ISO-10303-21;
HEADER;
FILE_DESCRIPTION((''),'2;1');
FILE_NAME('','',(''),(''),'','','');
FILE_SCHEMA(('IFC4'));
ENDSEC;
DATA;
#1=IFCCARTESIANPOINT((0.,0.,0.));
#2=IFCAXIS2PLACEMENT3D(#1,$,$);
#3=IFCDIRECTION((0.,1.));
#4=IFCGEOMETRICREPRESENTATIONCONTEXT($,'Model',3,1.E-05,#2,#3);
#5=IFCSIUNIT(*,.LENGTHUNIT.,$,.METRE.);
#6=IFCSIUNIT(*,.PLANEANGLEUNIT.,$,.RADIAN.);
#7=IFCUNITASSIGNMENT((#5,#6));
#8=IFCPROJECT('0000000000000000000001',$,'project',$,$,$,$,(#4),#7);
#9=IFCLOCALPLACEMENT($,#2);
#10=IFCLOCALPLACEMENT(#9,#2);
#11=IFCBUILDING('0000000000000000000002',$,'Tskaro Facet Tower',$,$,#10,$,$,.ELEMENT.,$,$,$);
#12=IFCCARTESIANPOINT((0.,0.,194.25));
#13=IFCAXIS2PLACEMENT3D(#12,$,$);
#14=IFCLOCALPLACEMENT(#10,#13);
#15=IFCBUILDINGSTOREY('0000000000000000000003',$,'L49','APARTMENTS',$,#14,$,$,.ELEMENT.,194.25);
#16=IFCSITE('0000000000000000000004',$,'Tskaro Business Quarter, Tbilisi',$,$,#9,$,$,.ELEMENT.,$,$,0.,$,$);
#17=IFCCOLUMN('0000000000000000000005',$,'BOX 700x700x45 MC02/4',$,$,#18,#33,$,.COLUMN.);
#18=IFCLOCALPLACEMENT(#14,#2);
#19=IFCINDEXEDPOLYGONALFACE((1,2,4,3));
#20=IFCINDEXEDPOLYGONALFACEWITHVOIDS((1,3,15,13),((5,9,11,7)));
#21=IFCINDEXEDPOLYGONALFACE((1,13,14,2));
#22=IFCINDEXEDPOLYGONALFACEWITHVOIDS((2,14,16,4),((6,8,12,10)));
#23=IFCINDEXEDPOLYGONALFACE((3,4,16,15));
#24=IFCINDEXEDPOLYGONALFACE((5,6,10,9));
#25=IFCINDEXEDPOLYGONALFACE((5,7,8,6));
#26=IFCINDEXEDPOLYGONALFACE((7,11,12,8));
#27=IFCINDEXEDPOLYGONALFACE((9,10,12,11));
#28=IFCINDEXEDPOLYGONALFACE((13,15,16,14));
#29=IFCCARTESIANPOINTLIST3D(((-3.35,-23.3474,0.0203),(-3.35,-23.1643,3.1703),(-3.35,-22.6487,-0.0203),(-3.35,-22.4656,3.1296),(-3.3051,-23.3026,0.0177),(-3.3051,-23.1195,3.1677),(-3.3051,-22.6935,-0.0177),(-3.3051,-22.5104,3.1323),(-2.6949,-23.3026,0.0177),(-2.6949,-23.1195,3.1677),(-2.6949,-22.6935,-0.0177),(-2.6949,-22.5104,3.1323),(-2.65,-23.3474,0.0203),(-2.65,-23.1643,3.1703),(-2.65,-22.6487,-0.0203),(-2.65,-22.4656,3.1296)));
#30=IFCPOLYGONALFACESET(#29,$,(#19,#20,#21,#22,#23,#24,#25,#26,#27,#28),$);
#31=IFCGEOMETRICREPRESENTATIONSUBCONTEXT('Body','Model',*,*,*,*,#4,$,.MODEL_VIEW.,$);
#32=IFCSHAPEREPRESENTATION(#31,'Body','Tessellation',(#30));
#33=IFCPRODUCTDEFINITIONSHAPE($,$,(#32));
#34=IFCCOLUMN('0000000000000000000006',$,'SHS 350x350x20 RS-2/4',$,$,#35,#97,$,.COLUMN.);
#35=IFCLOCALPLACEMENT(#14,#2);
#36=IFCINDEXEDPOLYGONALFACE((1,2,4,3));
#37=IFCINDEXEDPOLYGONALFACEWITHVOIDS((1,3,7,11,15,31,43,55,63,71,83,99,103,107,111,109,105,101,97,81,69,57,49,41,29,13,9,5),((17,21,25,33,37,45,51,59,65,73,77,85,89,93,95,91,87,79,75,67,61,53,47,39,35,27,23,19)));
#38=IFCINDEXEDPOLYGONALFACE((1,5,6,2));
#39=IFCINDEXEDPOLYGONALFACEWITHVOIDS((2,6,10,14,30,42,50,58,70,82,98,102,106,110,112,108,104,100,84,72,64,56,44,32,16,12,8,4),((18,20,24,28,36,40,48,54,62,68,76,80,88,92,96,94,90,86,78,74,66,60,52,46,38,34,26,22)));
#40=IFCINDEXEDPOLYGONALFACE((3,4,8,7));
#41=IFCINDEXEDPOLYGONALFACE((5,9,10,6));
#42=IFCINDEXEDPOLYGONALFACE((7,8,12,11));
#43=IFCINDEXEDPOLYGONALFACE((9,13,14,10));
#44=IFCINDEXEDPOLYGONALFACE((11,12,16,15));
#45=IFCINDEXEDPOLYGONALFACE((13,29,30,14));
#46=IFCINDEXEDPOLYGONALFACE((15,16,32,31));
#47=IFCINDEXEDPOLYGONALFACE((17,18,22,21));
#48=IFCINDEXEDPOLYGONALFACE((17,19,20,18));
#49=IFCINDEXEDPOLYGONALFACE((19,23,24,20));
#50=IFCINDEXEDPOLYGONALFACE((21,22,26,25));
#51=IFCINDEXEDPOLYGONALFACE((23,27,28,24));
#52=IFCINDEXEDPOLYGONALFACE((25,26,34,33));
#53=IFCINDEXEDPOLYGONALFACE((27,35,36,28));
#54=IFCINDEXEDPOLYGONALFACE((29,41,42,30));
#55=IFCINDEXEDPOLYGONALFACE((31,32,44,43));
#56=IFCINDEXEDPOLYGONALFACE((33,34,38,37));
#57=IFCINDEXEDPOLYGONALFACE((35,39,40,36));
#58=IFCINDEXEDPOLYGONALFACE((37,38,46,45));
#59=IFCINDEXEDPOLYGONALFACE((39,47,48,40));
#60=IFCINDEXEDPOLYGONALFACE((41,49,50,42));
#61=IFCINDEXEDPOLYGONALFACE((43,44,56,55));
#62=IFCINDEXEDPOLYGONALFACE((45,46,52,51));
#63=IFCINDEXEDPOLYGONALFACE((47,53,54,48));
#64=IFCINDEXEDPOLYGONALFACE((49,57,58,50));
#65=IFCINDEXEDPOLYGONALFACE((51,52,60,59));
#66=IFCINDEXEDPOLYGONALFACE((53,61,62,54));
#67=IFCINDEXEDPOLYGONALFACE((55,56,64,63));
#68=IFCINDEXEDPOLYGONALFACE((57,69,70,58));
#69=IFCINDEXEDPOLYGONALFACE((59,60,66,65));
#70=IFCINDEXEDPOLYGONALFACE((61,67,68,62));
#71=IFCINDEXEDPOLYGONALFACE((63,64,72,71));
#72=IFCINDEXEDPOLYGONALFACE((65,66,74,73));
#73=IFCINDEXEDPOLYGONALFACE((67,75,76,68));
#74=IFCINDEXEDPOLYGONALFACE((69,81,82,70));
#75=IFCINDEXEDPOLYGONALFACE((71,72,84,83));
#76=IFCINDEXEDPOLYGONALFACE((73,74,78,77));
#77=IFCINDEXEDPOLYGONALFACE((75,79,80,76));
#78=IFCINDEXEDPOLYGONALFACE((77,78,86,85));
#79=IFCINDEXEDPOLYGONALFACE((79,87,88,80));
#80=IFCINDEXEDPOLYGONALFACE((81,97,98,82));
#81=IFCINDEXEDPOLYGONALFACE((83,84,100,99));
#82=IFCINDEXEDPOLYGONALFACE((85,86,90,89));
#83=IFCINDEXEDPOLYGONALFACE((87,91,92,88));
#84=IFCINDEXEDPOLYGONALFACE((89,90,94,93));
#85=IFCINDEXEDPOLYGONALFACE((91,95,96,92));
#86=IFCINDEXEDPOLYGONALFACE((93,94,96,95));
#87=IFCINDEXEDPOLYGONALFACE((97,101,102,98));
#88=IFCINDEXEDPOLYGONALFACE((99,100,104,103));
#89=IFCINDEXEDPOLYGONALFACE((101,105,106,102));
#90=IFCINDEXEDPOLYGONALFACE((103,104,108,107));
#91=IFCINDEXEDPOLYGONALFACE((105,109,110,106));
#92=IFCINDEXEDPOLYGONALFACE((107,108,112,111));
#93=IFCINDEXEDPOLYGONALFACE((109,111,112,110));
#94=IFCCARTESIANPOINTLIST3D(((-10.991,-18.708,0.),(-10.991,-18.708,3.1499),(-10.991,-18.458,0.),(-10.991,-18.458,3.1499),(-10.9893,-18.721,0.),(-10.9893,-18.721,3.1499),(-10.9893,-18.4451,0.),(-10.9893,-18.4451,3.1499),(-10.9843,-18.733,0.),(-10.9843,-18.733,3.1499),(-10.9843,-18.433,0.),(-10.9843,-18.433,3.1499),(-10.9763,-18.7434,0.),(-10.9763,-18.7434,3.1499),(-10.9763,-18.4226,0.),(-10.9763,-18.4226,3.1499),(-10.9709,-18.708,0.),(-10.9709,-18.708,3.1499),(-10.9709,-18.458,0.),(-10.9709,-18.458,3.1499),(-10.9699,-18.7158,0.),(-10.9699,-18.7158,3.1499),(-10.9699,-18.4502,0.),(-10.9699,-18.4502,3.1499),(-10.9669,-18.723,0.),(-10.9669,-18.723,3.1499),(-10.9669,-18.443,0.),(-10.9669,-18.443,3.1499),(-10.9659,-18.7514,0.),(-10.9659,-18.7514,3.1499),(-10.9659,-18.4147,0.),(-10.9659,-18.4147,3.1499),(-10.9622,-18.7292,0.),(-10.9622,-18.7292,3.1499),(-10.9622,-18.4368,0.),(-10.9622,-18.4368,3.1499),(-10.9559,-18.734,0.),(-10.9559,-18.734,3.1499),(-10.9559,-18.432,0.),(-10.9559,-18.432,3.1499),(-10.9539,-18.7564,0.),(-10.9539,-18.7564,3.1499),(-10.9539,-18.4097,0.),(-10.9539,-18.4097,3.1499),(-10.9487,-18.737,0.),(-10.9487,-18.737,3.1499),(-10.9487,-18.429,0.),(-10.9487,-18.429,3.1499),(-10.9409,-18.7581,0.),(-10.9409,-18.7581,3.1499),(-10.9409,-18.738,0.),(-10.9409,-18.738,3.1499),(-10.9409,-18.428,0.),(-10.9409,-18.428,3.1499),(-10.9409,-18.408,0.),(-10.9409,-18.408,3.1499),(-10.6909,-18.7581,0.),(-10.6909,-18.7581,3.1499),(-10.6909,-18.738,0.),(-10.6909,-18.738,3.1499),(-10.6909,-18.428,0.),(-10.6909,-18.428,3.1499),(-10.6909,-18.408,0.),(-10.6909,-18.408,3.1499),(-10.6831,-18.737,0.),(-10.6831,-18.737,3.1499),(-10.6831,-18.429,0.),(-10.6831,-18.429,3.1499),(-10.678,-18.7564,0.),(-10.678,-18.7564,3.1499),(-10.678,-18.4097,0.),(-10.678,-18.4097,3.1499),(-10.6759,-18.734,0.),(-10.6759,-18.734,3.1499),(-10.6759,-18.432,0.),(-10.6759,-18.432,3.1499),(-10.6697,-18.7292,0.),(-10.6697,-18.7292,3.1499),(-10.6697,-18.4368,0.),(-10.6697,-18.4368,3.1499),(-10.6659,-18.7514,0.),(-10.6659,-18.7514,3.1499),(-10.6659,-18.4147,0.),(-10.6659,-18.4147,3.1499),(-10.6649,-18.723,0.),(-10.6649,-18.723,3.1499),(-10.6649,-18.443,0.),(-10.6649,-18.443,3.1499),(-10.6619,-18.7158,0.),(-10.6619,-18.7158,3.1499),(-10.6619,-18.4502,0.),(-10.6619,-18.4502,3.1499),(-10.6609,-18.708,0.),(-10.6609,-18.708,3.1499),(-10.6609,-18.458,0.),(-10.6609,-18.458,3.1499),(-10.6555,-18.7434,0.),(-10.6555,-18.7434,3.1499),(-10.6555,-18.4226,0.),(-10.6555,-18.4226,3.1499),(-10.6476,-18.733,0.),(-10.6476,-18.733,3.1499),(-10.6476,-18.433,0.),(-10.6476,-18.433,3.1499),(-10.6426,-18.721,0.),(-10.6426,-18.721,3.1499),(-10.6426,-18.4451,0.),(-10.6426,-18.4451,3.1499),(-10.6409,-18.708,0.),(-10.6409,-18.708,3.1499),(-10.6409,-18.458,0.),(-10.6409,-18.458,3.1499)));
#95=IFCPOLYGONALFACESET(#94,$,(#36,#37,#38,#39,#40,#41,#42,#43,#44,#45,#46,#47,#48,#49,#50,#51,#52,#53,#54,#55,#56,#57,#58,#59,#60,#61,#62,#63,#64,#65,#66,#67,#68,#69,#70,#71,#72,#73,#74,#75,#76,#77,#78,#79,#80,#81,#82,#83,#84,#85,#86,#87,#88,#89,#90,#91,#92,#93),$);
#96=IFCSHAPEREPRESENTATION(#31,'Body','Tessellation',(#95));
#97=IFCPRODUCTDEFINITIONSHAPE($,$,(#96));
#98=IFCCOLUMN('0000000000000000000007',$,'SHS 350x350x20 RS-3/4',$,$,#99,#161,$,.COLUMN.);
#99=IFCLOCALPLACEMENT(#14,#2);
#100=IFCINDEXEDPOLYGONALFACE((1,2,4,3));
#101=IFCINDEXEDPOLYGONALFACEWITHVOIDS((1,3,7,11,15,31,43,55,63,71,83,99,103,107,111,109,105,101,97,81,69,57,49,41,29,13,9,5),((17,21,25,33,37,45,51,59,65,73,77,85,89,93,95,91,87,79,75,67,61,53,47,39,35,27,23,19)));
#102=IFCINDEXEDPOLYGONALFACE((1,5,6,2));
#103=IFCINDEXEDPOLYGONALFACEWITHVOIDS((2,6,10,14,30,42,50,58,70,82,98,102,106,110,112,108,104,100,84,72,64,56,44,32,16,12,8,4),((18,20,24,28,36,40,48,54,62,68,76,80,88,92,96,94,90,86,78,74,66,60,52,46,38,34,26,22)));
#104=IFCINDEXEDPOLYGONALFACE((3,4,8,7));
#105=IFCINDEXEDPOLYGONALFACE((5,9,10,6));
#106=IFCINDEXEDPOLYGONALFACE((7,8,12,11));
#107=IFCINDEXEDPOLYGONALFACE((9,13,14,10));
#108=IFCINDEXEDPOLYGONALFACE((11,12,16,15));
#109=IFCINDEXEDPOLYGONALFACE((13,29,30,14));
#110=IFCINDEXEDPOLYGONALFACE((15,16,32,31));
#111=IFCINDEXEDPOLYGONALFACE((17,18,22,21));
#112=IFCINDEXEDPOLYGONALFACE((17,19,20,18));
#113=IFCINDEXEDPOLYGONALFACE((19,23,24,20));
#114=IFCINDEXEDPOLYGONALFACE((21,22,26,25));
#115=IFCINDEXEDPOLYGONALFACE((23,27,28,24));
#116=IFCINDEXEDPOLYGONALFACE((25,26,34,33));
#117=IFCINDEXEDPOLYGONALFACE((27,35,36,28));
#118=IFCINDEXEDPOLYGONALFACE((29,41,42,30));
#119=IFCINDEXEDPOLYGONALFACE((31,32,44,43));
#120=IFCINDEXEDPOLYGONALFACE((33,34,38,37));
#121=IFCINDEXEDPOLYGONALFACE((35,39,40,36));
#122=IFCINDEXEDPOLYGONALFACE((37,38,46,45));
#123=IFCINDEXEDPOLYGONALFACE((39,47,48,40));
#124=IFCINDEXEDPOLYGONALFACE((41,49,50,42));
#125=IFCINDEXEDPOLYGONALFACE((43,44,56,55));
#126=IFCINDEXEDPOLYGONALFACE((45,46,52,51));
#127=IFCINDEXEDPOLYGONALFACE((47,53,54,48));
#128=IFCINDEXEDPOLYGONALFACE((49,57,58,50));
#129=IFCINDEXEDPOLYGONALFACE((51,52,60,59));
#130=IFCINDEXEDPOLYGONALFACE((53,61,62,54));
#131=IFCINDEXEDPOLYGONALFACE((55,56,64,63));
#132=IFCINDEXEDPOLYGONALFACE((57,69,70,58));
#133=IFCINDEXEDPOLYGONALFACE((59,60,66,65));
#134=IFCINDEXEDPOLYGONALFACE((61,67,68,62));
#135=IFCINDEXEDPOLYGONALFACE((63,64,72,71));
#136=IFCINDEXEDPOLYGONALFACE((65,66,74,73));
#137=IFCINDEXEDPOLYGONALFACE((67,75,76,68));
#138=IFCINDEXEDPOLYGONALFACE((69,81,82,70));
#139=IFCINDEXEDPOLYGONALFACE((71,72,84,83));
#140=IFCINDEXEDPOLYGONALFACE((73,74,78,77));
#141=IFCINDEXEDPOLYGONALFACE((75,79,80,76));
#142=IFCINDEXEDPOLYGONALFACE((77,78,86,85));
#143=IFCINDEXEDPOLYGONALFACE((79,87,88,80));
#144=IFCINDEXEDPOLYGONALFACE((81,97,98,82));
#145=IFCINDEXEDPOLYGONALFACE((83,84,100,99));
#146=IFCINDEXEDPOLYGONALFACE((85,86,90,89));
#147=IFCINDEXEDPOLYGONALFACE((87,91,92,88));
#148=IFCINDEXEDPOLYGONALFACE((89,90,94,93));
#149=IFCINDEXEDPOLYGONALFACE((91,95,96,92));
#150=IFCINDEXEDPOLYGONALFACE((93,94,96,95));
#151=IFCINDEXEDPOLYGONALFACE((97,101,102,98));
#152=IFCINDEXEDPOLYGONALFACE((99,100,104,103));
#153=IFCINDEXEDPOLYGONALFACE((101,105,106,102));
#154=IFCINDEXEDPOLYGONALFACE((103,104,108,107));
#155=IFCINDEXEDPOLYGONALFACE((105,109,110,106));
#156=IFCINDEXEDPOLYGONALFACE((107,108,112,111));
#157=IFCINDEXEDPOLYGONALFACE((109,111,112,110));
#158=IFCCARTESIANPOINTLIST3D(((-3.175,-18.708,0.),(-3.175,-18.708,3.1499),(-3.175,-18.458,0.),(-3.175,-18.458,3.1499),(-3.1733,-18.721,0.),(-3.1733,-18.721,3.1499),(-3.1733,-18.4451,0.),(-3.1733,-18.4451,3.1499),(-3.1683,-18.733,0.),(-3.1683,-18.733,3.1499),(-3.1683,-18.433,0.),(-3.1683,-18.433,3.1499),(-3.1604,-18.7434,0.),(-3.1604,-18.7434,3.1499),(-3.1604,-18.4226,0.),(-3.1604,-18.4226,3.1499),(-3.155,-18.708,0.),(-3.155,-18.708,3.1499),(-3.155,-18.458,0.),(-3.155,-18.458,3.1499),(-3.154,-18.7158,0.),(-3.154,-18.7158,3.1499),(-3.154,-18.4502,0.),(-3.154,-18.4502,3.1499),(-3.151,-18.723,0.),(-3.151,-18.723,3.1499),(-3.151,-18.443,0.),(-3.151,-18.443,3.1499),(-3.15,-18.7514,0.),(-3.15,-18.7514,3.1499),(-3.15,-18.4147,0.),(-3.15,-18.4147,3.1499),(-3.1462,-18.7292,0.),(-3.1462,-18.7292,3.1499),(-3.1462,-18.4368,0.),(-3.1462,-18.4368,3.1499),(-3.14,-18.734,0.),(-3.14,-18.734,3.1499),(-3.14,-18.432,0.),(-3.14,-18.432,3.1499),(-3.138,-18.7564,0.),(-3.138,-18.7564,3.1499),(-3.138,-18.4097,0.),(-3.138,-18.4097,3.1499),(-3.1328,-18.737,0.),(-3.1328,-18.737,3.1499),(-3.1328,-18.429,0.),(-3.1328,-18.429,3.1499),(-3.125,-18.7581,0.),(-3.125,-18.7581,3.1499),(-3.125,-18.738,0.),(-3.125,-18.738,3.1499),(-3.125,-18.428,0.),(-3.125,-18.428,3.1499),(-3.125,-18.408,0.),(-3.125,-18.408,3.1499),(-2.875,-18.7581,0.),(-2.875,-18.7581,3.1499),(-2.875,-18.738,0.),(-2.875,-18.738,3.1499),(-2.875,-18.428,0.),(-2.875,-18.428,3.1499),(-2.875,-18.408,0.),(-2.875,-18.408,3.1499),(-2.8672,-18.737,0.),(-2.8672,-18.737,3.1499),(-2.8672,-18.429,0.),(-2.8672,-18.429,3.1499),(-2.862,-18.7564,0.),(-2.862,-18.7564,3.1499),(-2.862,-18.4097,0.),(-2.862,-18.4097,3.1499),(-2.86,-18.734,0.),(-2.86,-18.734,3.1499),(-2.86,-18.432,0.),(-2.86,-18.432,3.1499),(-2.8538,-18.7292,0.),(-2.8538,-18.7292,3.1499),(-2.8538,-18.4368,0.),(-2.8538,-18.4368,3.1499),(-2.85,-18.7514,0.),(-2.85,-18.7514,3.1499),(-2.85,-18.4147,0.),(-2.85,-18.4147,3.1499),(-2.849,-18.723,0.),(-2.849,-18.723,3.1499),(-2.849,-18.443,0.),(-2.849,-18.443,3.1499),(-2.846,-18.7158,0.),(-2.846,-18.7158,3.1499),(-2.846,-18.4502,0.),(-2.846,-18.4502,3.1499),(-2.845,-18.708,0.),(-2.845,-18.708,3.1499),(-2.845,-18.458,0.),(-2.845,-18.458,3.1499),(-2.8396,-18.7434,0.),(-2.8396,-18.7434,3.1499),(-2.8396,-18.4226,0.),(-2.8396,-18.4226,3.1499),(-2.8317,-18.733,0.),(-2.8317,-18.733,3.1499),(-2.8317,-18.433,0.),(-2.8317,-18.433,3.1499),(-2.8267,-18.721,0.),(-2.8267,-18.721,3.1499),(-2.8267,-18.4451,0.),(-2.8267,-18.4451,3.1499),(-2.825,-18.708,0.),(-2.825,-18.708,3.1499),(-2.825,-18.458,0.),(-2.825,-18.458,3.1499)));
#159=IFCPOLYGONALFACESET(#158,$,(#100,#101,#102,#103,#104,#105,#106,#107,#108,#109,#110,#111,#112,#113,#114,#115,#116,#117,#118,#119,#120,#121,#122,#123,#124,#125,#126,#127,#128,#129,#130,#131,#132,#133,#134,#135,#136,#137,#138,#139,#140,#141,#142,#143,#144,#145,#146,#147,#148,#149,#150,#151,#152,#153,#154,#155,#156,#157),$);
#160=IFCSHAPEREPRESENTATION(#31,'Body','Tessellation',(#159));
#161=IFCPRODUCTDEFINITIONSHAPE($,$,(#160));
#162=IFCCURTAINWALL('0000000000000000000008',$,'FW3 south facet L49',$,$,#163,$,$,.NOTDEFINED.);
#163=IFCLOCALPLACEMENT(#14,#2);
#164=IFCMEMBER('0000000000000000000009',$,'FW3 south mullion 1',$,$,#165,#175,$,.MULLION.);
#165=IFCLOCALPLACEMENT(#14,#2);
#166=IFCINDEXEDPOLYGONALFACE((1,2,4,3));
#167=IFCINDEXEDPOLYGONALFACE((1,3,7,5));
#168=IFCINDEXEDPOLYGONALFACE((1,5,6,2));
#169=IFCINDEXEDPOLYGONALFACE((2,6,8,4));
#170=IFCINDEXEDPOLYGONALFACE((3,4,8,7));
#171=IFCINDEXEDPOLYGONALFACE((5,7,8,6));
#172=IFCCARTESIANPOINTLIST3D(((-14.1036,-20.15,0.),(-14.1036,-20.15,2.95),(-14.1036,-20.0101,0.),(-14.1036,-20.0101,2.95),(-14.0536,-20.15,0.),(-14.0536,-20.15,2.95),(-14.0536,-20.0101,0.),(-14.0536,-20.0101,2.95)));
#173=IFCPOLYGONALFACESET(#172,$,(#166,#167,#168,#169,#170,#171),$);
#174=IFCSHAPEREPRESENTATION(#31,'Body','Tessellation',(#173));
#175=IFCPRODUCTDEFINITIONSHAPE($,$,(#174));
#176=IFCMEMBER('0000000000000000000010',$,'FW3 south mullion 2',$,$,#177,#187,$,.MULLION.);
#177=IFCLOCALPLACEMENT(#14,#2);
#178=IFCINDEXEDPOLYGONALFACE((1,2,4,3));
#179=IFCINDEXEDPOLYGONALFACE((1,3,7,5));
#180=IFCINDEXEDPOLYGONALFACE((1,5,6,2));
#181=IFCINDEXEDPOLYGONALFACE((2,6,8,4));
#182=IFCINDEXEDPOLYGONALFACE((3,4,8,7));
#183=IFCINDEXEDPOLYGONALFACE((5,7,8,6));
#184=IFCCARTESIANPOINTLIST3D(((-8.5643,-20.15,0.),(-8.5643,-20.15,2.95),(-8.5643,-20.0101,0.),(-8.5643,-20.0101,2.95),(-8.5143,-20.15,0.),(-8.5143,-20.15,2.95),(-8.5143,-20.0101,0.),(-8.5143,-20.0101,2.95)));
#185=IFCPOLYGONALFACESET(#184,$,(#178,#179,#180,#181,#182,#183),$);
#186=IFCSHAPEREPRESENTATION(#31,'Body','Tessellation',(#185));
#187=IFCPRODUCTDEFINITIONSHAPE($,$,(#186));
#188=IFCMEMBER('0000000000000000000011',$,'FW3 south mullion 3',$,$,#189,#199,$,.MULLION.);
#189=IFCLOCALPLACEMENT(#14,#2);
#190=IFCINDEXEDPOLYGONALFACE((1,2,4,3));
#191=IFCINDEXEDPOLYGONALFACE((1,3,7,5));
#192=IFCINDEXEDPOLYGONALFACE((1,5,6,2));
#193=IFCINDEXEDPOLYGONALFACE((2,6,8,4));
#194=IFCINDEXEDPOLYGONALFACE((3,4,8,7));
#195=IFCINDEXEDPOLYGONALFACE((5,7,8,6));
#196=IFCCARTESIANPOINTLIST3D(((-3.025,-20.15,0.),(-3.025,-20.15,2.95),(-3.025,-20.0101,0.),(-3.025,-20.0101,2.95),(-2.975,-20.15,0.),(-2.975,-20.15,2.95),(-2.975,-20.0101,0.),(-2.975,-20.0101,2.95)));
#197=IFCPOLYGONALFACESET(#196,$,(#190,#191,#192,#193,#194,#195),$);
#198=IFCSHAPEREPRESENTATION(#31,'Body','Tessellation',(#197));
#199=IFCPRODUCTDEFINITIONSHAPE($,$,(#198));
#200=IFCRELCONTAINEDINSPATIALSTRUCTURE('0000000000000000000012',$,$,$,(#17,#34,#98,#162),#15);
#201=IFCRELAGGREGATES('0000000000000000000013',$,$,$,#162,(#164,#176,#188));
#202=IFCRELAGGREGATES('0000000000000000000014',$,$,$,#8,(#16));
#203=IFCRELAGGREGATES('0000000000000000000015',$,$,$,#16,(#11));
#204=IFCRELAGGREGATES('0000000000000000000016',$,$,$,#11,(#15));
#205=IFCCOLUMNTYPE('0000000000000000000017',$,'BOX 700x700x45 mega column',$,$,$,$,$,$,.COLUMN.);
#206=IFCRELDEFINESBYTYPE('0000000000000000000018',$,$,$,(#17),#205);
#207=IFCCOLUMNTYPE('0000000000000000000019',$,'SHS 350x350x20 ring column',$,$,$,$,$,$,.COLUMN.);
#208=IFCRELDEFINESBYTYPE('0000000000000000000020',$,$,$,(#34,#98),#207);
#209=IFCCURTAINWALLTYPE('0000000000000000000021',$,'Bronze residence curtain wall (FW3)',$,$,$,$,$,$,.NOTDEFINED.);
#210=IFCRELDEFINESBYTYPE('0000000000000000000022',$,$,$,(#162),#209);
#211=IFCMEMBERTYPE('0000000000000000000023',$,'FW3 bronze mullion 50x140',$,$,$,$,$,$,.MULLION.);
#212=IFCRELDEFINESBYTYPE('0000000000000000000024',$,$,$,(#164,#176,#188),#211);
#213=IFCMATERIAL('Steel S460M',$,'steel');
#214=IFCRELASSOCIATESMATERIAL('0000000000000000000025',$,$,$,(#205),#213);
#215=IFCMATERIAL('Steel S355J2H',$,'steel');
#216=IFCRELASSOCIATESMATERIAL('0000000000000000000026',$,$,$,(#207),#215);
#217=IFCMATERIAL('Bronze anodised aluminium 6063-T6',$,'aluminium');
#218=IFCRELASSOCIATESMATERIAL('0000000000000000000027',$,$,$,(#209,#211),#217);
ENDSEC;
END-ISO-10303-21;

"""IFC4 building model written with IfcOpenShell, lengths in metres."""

from ifc_helpers import new_model, si_unit, direction, frame, origin, origin_2d, place, context, subcontext, project, spatial, rectangle, hollow_rectangle, extrude, material, material_profile, profile_set, type_object, element, aggregate, save


model = new_model("IFC4")

# Units and contexts
model_context = context("Model", 3, precision=1e-05, world=origin(), true_north=direction((0.0, 1.0)))
body_context = subcontext(model_context, "Body", "Model", "MODEL_VIEW")
ifc_project = project(units=[si_unit("LENGTHUNIT", "METRE"), si_unit("PLANEANGLEUNIT", "RADIAN")], contexts=[model_context])

# Site, building, storey
site_placement = place(None, origin())
site = spatial("IfcSite", under=ifc_project, at=site_placement, Name="Tskaro Business Quarter, Tbilisi", CompositionType="ELEMENT", RefElevation=0.0)
building_placement = place(site_placement, origin())
building = spatial("IfcBuilding", under=site, at=building_placement, Name="Tskaro Facet Tower", CompositionType="ELEMENT")
storey_placement = place(building_placement, frame((0.0, 0.0, 194.25)))
storey = spatial("IfcBuildingStorey", under=building, at=storey_placement, Name="L49", Description="APARTMENTS", CompositionType="ELEMENT", Elevation=194.25)

# Columns
ifc_material_1 = material(Name="Steel S460M", Category="steel")
ifc_material_profile_1 = material_profile(ifc_material_1, hollow_rectangle(XDim=0.7, YDim=0.7, WallThickness=0.0449, at=origin_2d()), Name="BOX 700x700x45")
ifc_profile_set_1 = profile_set([ifc_material_profile_1], Name="Steel S460M")
column_type_1 = type_object("IfcColumnType", Name="BOX 700x700x45 mega column", PredefinedType="COLUMN", material=ifc_profile_set_1)
column_placement = place(storey_placement, frame((-3.0, -22.998, 0.0), z_axis=(0.0, 0.058033, 0.998315), x_axis=(-1.0, 0.0, 0.0)))
element("IfcColumn", 1, at=column_placement, inside=storey, type_object=column_type_1, Name="BOX 700x700x45 MC02/4", PredefinedType="COLUMN", context=body_context, shape_type="SweptSolid", body=[
    extrude(hollow_rectangle(XDim=0.7, YDim=0.7, WallThickness=0.0449, at=origin_2d()), origin(), (0.0, 0.0, 1.0), 3.1553),
])
ifc_material_2 = material(Name="Steel S355J2H", Category="steel")
ifc_material_profile_2 = material_profile(ifc_material_2, hollow_rectangle(XDim=0.3501, YDim=0.3501, WallThickness=0.02, InnerFilletRadius=0.03, OuterFilletRadius=0.05, at=origin_2d()), Name="SHS 350x350x20")
ifc_profile_set_2 = profile_set([ifc_material_profile_2], Name="Steel S355J2H")
column_type_2 = type_object("IfcColumnType", Name="SHS 350x350x20 ring column", PredefinedType="COLUMN", material=ifc_profile_set_2)
for number, where, z_axis, x_axis, name in (
    (2, (-10.8159, -18.583, 0.0), (0.0, 0.0, 1.0), (1.0, 0.0, 0.0), "SHS 350x350x20 RS-2/4"),
    (3, (-3.0, -18.583, 0.0), (0.0, 0.0, 1.0), (1.0, 0.0, 0.0), "SHS 350x350x20 RS-3/4"),
):
    element("IfcColumn", number, at=place(storey_placement, frame(where, z_axis=z_axis, x_axis=x_axis)), inside=storey, type_object=column_type_2, Name=name, PredefinedType="COLUMN", context=body_context, shape_type="SweptSolid", body=[
        extrude(hollow_rectangle(XDim=0.3501, YDim=0.3501, WallThickness=0.02, InnerFilletRadius=0.03, OuterFilletRadius=0.05, at=origin_2d()), origin(), (0.0, 0.0, 1.0), 3.1499),
    ])

# Curtain wall, members
ifc_material_3 = material(Name="Bronze anodised aluminium 6063-T6", Category="aluminium")
curtain_wall_type = type_object("IfcCurtainWallType", Name="Bronze residence curtain wall (FW3)", PredefinedType="NOTDEFINED", material=ifc_material_3)
curtain_wall_placement = place(storey_placement, origin())
curtain_wall = element("IfcCurtainWall", 4, at=curtain_wall_placement, inside=storey, type_object=curtain_wall_type, Name="FW3 south facet L49", PredefinedType="NOTDEFINED")
ifc_material_profile_3 = material_profile(ifc_material_3, rectangle(XDim=0.05, YDim=0.1399, at=origin_2d()), Name="Mullion 50x140")
ifc_profile_set_3 = profile_set([ifc_material_profile_3], Name="Bronze anodised aluminium 6063-T6")
member_type_1 = type_object("IfcMemberType", Name="FW3 bronze mullion 50x140", PredefinedType="MULLION", material=ifc_profile_set_3)
member_1_placement = place(storey_placement, frame((-14.0786, -20.0801, 0.0), z_axis=(0.0, 0.0, 1.0), x_axis=(1.0, 0.0, 0.0)))
member_1 = element("IfcMember", 5, at=member_1_placement, type_object=member_type_1, Name="FW3 south mullion 1", PredefinedType="MULLION", context=body_context, shape_type="SweptSolid", body=[
    extrude(rectangle(XDim=0.05, YDim=0.1399, at=origin_2d()), origin(), (0.0, 0.0, 1.0), 2.95),
])
member_2_placement = place(storey_placement, frame((-8.5393, -20.0801, 0.0), z_axis=(0.0, 0.0, 1.0), x_axis=(1.0, 0.0, 0.0)))
member_2 = element("IfcMember", 6, at=member_2_placement, type_object=member_type_1, Name="FW3 south mullion 2", PredefinedType="MULLION", context=body_context, shape_type="SweptSolid", body=[
    extrude(rectangle(XDim=0.05, YDim=0.1399, at=origin_2d()), origin(), (0.0, 0.0, 1.0), 2.95),
])
member_3_placement = place(storey_placement, frame((-3.0, -20.0801, 0.0), z_axis=(0.0, 0.0, 1.0), x_axis=(1.0, 0.0, 0.0)))
member_3 = element("IfcMember", 7, at=member_3_placement, type_object=member_type_1, Name="FW3 south mullion 3", PredefinedType="MULLION", context=body_context, shape_type="SweptSolid", body=[
    extrude(rectangle(XDim=0.05, YDim=0.1399, at=origin_2d()), origin(), (0.0, 0.0, 1.0), 2.95),
])

aggregate(curtain_wall, [member_1, member_2, member_3])

save(model, "model.ifc")
